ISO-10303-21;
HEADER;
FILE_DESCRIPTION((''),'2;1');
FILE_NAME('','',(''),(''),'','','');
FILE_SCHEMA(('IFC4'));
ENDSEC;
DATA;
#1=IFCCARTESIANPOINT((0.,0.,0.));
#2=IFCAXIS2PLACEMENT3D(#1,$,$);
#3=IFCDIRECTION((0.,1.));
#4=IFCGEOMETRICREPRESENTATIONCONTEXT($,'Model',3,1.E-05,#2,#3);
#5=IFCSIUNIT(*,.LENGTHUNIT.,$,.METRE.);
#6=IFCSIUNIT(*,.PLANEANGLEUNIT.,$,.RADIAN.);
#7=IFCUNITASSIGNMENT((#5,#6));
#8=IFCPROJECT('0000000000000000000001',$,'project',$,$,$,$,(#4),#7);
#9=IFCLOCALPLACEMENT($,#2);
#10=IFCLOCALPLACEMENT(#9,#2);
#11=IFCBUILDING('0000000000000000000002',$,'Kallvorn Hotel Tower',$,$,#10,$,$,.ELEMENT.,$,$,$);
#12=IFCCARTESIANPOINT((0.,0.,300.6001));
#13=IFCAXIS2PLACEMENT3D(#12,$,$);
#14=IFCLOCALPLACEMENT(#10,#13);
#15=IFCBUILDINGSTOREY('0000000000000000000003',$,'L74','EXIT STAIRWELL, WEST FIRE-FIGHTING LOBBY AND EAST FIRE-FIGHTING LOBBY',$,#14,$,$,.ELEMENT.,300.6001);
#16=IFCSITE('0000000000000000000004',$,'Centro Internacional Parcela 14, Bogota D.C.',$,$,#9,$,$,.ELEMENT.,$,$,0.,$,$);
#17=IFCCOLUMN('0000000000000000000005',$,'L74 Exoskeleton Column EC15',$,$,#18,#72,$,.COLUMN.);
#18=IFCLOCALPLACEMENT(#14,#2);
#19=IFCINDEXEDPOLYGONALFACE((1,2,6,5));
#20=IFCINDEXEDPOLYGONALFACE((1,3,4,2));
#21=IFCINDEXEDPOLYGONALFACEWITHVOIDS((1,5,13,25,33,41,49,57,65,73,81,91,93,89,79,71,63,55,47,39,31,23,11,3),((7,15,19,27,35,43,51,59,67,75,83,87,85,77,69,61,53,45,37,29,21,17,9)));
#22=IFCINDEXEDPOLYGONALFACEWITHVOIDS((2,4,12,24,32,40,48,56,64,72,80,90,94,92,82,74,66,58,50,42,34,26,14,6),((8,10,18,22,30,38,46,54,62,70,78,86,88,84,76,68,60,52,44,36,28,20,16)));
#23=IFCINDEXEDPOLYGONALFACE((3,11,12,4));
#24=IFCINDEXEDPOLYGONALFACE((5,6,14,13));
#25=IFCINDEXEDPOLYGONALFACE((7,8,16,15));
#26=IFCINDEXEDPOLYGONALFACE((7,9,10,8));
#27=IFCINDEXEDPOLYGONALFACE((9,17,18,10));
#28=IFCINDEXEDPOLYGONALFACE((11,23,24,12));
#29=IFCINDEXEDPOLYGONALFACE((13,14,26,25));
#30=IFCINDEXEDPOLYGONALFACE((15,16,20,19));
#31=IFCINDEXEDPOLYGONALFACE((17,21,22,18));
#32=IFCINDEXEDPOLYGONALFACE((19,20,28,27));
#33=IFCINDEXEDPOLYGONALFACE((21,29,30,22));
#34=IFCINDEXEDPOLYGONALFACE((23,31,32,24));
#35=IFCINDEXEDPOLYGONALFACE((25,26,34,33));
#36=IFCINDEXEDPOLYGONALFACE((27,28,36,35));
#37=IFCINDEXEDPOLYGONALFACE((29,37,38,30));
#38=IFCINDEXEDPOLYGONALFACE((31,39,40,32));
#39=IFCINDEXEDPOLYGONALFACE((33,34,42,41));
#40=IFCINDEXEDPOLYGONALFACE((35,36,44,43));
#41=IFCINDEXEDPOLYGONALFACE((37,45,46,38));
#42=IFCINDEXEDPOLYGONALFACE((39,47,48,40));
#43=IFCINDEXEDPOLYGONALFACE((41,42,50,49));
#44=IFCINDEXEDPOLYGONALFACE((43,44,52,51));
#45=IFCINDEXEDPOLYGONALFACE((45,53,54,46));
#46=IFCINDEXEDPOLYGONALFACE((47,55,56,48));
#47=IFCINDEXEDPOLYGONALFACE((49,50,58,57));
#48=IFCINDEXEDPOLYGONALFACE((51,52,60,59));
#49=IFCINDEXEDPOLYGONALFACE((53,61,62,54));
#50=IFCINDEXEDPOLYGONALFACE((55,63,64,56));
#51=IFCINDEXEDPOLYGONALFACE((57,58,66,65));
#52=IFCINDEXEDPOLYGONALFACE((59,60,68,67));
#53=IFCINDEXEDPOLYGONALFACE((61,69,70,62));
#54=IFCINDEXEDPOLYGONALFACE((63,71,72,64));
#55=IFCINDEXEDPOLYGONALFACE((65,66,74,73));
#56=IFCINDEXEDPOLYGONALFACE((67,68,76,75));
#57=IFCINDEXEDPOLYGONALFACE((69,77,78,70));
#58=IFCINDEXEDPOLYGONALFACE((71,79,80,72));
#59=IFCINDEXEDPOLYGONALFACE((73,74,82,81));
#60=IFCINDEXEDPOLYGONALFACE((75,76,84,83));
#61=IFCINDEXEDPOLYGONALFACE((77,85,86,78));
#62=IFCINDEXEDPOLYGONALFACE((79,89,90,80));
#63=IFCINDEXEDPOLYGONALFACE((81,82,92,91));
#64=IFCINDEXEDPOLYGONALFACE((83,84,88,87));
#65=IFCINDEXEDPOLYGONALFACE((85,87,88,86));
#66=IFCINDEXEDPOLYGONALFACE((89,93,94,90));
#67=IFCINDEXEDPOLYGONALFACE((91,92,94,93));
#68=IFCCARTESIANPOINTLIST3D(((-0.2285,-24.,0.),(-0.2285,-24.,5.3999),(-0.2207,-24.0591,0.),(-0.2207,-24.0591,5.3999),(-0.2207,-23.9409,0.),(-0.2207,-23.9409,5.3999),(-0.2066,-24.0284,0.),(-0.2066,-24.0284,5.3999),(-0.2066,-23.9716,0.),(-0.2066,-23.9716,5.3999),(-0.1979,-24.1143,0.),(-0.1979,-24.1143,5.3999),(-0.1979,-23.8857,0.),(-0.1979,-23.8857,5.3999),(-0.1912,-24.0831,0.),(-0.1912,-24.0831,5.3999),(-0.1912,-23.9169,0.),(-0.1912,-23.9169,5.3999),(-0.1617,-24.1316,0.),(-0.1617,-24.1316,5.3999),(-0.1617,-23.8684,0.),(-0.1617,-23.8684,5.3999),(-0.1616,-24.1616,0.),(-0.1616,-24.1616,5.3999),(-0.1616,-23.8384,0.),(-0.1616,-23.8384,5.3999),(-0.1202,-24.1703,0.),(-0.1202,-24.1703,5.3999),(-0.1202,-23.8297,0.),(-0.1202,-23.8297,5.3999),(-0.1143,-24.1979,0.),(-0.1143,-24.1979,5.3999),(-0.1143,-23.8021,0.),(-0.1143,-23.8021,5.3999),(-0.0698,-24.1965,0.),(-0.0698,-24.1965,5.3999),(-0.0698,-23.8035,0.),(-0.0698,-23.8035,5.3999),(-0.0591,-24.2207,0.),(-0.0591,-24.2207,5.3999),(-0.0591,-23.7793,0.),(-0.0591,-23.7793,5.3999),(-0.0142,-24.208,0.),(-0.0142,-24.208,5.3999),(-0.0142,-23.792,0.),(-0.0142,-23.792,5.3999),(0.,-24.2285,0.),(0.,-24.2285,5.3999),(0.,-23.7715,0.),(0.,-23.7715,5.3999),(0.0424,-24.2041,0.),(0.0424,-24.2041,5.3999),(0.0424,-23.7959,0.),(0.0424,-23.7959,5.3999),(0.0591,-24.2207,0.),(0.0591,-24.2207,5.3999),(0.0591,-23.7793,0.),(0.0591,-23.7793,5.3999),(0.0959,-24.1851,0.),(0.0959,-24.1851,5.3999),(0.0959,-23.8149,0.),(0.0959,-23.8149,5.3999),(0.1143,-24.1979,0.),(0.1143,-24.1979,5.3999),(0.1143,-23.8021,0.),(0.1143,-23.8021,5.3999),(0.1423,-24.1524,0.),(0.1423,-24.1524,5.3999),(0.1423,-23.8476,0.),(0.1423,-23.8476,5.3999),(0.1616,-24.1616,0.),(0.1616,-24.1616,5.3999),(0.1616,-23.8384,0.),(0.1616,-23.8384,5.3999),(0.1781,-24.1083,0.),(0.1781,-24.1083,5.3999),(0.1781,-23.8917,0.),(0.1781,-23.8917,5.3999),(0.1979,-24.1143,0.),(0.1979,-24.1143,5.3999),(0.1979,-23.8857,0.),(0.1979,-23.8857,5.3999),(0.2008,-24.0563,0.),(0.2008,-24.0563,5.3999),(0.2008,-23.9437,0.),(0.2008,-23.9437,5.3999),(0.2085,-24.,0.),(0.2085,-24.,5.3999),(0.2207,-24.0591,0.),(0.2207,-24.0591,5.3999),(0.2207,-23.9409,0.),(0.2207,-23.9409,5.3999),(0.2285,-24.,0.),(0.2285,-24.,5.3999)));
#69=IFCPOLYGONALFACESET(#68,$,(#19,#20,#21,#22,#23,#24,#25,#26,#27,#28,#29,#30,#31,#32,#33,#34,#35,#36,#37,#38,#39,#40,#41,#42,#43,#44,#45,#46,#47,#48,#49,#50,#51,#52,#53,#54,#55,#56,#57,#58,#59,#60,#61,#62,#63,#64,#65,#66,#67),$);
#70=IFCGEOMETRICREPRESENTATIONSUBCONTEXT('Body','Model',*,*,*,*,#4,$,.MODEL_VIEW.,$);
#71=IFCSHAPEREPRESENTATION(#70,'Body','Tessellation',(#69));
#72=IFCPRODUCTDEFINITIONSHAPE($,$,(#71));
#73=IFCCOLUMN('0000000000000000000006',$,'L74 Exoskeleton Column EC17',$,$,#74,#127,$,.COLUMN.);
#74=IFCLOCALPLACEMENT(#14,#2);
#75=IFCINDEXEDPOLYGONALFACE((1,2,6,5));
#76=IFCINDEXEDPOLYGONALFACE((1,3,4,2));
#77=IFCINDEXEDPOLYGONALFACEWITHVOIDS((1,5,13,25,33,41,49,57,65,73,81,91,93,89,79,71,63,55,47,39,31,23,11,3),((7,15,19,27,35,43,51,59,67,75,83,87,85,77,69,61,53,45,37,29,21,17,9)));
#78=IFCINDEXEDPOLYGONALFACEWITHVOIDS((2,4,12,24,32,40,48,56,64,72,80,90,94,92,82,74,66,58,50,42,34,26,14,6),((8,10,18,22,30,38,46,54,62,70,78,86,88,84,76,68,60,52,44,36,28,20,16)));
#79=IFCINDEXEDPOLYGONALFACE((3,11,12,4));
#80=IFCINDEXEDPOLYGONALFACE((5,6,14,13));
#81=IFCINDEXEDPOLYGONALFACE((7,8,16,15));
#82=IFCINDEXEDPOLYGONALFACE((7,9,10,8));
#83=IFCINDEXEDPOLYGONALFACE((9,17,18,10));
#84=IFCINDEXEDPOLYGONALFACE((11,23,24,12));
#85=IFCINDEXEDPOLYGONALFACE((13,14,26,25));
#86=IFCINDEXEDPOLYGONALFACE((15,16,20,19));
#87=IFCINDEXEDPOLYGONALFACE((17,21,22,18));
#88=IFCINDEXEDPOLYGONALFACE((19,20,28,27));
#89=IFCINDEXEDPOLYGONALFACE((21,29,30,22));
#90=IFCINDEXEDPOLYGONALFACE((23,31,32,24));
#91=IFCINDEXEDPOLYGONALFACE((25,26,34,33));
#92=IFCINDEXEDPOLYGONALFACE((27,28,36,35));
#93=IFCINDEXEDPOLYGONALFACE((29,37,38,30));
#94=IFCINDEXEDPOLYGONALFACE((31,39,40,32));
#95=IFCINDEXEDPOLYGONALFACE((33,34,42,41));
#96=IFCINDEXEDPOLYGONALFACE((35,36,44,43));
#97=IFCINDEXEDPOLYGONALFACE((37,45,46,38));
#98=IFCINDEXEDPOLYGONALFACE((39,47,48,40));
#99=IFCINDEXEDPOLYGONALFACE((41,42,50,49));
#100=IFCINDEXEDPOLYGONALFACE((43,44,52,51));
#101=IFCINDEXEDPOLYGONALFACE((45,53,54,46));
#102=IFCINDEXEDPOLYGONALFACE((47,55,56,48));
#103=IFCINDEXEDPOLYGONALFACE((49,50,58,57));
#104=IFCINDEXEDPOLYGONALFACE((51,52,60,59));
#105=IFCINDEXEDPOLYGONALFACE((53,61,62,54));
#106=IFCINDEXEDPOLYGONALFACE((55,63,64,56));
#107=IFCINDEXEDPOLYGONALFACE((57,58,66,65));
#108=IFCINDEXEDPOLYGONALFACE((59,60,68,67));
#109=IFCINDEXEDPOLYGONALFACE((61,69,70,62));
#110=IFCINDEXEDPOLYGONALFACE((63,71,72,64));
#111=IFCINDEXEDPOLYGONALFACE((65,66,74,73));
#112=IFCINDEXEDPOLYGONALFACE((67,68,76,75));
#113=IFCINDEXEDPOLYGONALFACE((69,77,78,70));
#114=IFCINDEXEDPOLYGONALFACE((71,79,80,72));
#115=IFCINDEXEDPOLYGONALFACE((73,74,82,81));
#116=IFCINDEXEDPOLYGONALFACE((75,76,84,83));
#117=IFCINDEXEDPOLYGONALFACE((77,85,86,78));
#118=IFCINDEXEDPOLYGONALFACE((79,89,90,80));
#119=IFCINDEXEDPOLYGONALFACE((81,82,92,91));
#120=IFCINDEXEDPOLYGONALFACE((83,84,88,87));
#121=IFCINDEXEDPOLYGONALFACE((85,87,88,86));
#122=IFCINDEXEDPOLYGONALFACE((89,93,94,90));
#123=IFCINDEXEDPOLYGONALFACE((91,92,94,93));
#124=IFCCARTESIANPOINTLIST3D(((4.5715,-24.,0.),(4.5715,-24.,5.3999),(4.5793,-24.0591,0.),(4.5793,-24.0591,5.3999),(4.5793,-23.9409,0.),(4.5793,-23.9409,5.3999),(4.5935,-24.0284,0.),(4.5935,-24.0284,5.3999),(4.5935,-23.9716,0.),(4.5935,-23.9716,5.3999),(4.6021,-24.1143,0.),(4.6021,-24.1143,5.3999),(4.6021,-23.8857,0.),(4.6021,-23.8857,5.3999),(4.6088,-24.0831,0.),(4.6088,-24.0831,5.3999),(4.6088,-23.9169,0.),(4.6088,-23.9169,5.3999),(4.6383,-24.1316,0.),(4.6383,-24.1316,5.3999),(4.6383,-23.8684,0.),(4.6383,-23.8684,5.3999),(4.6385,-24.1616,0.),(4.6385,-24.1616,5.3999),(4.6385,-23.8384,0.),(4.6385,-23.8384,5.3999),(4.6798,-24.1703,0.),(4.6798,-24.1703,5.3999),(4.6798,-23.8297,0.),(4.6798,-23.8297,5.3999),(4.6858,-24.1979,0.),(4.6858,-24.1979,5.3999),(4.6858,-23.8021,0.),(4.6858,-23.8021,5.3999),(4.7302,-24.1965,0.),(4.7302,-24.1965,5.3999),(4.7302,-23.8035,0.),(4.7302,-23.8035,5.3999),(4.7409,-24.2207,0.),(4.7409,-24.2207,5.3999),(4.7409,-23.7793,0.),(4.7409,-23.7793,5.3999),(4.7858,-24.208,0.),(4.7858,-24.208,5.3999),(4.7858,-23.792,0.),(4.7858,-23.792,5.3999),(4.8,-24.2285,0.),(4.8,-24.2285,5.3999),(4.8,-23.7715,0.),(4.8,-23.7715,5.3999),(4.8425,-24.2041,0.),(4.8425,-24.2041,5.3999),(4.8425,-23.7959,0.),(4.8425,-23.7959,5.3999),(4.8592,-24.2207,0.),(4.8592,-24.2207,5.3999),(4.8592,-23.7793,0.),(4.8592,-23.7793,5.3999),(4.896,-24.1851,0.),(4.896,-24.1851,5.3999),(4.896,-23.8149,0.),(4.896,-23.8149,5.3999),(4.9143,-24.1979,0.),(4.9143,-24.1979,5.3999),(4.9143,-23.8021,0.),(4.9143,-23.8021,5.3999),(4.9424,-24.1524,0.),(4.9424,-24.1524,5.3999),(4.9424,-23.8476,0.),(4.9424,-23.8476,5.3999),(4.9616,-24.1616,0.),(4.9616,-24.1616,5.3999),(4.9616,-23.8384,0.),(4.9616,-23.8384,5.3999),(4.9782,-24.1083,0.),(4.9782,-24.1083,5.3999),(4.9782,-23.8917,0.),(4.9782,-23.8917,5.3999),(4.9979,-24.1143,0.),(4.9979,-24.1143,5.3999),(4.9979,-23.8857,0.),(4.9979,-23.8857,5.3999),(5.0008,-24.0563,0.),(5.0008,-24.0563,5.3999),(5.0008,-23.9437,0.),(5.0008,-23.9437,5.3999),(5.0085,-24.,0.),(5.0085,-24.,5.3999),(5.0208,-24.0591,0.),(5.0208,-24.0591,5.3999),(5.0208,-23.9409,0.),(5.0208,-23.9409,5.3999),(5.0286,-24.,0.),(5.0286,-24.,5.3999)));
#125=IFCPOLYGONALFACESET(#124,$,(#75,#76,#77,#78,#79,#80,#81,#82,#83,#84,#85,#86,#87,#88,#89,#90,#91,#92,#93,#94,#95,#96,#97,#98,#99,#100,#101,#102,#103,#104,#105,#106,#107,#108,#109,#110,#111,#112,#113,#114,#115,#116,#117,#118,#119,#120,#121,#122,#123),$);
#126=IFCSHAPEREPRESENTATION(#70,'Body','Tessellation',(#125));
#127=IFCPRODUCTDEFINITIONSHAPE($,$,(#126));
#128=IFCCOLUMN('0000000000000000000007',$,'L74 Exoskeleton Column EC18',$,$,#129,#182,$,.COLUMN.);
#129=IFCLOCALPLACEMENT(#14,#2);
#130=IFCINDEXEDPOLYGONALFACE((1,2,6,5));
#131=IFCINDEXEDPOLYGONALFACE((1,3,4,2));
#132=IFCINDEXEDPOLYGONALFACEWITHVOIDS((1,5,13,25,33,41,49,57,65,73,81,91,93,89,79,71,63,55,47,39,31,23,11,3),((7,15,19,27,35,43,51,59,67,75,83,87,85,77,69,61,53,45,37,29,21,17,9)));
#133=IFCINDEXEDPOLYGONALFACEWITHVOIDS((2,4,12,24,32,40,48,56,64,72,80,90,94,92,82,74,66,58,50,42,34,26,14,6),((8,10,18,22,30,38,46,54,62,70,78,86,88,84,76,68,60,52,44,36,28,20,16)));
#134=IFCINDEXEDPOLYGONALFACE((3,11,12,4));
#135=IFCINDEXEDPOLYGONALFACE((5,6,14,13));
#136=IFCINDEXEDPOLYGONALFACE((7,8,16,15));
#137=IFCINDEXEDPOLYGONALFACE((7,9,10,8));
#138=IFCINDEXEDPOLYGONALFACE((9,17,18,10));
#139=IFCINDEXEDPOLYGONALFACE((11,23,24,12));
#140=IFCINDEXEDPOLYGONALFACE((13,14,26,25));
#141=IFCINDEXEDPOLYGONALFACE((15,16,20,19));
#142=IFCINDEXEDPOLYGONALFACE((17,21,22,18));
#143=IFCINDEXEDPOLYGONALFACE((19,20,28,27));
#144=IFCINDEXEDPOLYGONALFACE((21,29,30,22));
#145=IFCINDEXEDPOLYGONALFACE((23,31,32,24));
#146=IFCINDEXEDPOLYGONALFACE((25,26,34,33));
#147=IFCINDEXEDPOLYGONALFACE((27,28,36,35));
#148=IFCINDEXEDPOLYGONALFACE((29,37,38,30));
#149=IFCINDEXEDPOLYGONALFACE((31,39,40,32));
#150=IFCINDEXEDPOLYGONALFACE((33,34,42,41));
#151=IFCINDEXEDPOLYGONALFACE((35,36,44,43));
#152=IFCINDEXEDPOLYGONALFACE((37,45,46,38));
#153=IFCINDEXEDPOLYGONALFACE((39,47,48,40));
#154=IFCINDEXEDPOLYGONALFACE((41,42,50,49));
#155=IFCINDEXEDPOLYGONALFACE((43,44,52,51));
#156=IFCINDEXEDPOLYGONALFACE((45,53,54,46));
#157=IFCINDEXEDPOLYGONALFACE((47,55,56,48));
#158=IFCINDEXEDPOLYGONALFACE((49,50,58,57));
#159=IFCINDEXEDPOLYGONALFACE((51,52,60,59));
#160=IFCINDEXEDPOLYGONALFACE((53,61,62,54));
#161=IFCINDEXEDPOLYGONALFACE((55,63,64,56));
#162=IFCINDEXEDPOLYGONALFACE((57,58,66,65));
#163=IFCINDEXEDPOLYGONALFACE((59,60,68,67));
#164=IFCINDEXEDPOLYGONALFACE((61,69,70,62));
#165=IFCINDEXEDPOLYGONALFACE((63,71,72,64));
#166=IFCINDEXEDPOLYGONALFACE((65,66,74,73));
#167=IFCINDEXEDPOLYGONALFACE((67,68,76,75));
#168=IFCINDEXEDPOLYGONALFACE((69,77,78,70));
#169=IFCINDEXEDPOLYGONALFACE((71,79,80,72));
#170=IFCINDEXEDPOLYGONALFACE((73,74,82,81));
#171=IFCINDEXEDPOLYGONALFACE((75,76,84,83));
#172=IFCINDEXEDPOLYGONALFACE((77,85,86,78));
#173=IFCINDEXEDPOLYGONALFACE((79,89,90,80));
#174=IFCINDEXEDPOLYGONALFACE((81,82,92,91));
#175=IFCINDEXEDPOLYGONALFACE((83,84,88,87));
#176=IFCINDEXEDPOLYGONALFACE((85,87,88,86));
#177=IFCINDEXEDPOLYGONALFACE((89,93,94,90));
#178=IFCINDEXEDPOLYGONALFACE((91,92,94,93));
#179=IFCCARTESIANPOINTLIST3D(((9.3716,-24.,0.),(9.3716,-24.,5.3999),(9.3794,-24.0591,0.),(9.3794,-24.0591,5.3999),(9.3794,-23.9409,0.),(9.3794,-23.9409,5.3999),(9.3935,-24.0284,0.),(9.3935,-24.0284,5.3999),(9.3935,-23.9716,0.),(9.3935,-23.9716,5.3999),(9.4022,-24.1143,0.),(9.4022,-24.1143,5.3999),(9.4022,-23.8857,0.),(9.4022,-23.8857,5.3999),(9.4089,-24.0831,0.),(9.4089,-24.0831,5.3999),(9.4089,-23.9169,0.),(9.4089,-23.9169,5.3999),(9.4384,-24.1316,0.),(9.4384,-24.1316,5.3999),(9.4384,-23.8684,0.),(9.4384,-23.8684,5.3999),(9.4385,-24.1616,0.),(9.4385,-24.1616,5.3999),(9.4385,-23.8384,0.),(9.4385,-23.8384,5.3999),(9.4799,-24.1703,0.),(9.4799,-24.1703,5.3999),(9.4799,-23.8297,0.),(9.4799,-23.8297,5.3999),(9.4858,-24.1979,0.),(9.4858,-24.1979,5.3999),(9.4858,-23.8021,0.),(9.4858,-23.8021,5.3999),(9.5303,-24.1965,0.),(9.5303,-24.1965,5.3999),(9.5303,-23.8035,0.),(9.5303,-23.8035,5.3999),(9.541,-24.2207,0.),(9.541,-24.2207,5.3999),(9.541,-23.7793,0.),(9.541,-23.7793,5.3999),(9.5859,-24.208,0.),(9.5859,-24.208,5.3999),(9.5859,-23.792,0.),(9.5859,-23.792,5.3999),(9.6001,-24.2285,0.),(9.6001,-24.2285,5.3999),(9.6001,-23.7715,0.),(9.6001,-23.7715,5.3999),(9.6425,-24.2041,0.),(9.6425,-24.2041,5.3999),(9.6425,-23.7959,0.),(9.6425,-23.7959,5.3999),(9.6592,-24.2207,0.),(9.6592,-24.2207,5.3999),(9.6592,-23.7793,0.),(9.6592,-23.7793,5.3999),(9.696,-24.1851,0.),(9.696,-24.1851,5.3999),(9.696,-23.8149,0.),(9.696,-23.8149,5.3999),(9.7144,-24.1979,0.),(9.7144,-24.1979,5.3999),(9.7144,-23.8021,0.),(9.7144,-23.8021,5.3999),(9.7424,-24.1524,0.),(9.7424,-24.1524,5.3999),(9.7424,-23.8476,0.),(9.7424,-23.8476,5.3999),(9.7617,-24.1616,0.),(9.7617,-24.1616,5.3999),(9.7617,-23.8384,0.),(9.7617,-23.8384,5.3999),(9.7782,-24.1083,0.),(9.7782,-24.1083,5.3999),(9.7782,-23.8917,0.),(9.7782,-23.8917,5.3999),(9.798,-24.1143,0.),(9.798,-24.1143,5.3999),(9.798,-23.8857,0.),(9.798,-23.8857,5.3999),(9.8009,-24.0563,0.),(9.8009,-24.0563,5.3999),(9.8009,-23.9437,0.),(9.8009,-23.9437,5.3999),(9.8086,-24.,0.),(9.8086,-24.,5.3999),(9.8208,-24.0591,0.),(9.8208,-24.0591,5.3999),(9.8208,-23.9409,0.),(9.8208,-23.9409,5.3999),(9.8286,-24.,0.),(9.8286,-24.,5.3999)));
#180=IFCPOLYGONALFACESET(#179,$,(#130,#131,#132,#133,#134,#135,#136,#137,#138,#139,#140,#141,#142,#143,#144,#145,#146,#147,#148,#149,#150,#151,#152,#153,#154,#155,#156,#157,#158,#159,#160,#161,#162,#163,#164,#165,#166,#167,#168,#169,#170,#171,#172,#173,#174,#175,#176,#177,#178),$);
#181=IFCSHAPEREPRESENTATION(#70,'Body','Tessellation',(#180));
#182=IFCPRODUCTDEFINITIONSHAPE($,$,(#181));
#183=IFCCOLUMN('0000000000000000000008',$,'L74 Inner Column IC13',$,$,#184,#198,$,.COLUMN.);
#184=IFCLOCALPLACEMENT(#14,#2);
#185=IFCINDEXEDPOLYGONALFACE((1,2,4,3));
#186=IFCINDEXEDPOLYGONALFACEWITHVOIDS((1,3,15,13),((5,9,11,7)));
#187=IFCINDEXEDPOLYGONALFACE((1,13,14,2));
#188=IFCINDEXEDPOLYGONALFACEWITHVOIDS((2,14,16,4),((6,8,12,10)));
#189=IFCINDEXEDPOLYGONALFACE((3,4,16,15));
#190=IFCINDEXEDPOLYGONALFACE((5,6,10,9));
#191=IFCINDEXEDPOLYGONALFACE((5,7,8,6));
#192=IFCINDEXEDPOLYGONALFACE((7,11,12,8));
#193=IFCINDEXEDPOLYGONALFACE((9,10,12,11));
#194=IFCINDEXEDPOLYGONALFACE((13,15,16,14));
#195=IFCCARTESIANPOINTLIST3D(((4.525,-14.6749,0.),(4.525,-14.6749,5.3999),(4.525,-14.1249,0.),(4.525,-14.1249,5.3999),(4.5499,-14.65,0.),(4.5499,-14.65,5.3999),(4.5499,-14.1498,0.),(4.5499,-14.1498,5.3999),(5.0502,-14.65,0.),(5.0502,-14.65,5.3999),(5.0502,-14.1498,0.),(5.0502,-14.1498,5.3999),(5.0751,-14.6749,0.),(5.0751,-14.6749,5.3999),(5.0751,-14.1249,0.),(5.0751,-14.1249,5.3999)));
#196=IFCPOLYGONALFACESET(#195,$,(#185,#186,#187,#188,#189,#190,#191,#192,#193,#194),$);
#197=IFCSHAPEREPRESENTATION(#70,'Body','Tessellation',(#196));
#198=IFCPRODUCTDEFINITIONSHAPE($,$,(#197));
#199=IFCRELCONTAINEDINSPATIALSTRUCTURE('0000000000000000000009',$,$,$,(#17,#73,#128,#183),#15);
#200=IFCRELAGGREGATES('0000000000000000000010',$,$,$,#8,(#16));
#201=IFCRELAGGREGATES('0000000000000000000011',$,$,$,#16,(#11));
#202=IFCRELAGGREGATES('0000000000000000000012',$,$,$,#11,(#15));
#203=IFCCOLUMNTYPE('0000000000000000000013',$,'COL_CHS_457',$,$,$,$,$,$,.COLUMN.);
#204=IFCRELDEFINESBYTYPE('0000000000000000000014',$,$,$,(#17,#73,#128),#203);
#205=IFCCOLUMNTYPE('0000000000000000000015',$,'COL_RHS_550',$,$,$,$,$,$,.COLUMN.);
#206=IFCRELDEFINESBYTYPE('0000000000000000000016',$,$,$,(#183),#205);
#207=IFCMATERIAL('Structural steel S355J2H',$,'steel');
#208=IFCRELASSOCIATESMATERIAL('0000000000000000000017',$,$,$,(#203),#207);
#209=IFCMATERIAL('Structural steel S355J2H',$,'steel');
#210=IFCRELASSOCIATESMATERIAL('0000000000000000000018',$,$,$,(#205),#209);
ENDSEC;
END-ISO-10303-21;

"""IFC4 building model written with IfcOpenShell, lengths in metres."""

from ifc_helpers import new_model, si_unit, direction, frame, origin, origin_2d, place, context, subcontext, project, spatial, hollow_rectangle, hollow_circle, extrude, material, material_profile, profile_set, type_object, element, save


model = new_model("IFC4")

# Units and contexts
model_context = context("Model", 3, precision=1e-05, world=origin(), true_north=direction((0.0, 1.0)))
body_context = subcontext(model_context, "Body", "Model", "MODEL_VIEW")
ifc_project = project(units=[si_unit("LENGTHUNIT", "METRE"), si_unit("PLANEANGLEUNIT", "RADIAN")], contexts=[model_context])

# Site, building, storey
site_placement = place(None, origin())
site = spatial("IfcSite", under=ifc_project, at=site_placement, Name="Centro Internacional Parcela 14, Bogota D.C.", CompositionType="ELEMENT", RefElevation=0.0)
building_placement = place(site_placement, origin())
building = spatial("IfcBuilding", under=site, at=building_placement, Name="Kallvorn Hotel Tower", CompositionType="ELEMENT")
storey_placement = place(building_placement, frame((0.0, 0.0, 300.6001)))
storey = spatial("IfcBuildingStorey", under=building, at=storey_placement, Name="L74", Description="EXIT STAIRWELL, WEST FIRE-FIGHTING LOBBY AND EAST FIRE-FIGHTING LOBBY", CompositionType="ELEMENT", Elevation=300.6001)

# Columns
ifc_material_1 = material(Name="Structural steel S355J2H", Category="steel")
ifc_material_profile_1 = material_profile(ifc_material_1, hollow_circle(Radius=0.2285, WallThickness=0.02, at=origin_2d()), Name="CHS 457x20")
ifc_profile_set_1 = profile_set([ifc_material_profile_1], Name="Structural steel S355J2H")
column_type_1 = type_object("IfcColumnType", Name="COL_CHS_457", PredefinedType="COLUMN", material=ifc_profile_set_1)
for number, where, z_axis, x_axis, name in (
    (1, (0.0, -24.0, 0.0), (0.0, 0.0, 1.0), (1.0, 0.0, 0.0), "L74 Exoskeleton Column EC15"),
    (2, (4.8, -24.0, 0.0), (0.0, 0.0, 1.0), (1.0, 0.0, 0.0), "L74 Exoskeleton Column EC17"),
    (3, (9.6001, -24.0, 0.0), (0.0, 0.0, 1.0), (1.0, 0.0, 0.0), "L74 Exoskeleton Column EC18"),
):
    element("IfcColumn", number, at=place(storey_placement, frame(where, z_axis=z_axis, x_axis=x_axis)), inside=storey, type_object=column_type_1, Name=name, PredefinedType="COLUMN", context=body_context, shape_type="SweptSolid", body=[
        extrude(hollow_circle(Radius=0.2285, WallThickness=0.02, at=origin_2d()), origin(), (0.0, 0.0, 1.0), 5.3999),
    ])
ifc_material_2 = material(Name="Structural steel S355J2H", Category="steel")
ifc_material_profile_2 = material_profile(ifc_material_2, hollow_rectangle(XDim=0.55, YDim=0.55, WallThickness=0.0249, at=origin_2d()), Name="RHS 550x550x25")
ifc_profile_set_2 = profile_set([ifc_material_profile_2], Name="Structural steel S355J2H")
column_type_2 = type_object("IfcColumnType", Name="COL_RHS_550", PredefinedType="COLUMN", material=ifc_profile_set_2)
column_placement = place(storey_placement, frame((4.8, -14.3999, 0.0), z_axis=(0.0, 0.0, 1.0), x_axis=(1.0, 0.0, 0.0)))
element("IfcColumn", 4, at=column_placement, inside=storey, type_object=column_type_2, Name="L74 Inner Column IC13", PredefinedType="COLUMN", context=body_context, shape_type="SweptSolid", body=[
    extrude(hollow_rectangle(XDim=0.55, YDim=0.55, WallThickness=0.0249, at=origin_2d()), origin(), (0.0, 0.0, 1.0), 5.3999),
])

save(model, "model.ifc")
